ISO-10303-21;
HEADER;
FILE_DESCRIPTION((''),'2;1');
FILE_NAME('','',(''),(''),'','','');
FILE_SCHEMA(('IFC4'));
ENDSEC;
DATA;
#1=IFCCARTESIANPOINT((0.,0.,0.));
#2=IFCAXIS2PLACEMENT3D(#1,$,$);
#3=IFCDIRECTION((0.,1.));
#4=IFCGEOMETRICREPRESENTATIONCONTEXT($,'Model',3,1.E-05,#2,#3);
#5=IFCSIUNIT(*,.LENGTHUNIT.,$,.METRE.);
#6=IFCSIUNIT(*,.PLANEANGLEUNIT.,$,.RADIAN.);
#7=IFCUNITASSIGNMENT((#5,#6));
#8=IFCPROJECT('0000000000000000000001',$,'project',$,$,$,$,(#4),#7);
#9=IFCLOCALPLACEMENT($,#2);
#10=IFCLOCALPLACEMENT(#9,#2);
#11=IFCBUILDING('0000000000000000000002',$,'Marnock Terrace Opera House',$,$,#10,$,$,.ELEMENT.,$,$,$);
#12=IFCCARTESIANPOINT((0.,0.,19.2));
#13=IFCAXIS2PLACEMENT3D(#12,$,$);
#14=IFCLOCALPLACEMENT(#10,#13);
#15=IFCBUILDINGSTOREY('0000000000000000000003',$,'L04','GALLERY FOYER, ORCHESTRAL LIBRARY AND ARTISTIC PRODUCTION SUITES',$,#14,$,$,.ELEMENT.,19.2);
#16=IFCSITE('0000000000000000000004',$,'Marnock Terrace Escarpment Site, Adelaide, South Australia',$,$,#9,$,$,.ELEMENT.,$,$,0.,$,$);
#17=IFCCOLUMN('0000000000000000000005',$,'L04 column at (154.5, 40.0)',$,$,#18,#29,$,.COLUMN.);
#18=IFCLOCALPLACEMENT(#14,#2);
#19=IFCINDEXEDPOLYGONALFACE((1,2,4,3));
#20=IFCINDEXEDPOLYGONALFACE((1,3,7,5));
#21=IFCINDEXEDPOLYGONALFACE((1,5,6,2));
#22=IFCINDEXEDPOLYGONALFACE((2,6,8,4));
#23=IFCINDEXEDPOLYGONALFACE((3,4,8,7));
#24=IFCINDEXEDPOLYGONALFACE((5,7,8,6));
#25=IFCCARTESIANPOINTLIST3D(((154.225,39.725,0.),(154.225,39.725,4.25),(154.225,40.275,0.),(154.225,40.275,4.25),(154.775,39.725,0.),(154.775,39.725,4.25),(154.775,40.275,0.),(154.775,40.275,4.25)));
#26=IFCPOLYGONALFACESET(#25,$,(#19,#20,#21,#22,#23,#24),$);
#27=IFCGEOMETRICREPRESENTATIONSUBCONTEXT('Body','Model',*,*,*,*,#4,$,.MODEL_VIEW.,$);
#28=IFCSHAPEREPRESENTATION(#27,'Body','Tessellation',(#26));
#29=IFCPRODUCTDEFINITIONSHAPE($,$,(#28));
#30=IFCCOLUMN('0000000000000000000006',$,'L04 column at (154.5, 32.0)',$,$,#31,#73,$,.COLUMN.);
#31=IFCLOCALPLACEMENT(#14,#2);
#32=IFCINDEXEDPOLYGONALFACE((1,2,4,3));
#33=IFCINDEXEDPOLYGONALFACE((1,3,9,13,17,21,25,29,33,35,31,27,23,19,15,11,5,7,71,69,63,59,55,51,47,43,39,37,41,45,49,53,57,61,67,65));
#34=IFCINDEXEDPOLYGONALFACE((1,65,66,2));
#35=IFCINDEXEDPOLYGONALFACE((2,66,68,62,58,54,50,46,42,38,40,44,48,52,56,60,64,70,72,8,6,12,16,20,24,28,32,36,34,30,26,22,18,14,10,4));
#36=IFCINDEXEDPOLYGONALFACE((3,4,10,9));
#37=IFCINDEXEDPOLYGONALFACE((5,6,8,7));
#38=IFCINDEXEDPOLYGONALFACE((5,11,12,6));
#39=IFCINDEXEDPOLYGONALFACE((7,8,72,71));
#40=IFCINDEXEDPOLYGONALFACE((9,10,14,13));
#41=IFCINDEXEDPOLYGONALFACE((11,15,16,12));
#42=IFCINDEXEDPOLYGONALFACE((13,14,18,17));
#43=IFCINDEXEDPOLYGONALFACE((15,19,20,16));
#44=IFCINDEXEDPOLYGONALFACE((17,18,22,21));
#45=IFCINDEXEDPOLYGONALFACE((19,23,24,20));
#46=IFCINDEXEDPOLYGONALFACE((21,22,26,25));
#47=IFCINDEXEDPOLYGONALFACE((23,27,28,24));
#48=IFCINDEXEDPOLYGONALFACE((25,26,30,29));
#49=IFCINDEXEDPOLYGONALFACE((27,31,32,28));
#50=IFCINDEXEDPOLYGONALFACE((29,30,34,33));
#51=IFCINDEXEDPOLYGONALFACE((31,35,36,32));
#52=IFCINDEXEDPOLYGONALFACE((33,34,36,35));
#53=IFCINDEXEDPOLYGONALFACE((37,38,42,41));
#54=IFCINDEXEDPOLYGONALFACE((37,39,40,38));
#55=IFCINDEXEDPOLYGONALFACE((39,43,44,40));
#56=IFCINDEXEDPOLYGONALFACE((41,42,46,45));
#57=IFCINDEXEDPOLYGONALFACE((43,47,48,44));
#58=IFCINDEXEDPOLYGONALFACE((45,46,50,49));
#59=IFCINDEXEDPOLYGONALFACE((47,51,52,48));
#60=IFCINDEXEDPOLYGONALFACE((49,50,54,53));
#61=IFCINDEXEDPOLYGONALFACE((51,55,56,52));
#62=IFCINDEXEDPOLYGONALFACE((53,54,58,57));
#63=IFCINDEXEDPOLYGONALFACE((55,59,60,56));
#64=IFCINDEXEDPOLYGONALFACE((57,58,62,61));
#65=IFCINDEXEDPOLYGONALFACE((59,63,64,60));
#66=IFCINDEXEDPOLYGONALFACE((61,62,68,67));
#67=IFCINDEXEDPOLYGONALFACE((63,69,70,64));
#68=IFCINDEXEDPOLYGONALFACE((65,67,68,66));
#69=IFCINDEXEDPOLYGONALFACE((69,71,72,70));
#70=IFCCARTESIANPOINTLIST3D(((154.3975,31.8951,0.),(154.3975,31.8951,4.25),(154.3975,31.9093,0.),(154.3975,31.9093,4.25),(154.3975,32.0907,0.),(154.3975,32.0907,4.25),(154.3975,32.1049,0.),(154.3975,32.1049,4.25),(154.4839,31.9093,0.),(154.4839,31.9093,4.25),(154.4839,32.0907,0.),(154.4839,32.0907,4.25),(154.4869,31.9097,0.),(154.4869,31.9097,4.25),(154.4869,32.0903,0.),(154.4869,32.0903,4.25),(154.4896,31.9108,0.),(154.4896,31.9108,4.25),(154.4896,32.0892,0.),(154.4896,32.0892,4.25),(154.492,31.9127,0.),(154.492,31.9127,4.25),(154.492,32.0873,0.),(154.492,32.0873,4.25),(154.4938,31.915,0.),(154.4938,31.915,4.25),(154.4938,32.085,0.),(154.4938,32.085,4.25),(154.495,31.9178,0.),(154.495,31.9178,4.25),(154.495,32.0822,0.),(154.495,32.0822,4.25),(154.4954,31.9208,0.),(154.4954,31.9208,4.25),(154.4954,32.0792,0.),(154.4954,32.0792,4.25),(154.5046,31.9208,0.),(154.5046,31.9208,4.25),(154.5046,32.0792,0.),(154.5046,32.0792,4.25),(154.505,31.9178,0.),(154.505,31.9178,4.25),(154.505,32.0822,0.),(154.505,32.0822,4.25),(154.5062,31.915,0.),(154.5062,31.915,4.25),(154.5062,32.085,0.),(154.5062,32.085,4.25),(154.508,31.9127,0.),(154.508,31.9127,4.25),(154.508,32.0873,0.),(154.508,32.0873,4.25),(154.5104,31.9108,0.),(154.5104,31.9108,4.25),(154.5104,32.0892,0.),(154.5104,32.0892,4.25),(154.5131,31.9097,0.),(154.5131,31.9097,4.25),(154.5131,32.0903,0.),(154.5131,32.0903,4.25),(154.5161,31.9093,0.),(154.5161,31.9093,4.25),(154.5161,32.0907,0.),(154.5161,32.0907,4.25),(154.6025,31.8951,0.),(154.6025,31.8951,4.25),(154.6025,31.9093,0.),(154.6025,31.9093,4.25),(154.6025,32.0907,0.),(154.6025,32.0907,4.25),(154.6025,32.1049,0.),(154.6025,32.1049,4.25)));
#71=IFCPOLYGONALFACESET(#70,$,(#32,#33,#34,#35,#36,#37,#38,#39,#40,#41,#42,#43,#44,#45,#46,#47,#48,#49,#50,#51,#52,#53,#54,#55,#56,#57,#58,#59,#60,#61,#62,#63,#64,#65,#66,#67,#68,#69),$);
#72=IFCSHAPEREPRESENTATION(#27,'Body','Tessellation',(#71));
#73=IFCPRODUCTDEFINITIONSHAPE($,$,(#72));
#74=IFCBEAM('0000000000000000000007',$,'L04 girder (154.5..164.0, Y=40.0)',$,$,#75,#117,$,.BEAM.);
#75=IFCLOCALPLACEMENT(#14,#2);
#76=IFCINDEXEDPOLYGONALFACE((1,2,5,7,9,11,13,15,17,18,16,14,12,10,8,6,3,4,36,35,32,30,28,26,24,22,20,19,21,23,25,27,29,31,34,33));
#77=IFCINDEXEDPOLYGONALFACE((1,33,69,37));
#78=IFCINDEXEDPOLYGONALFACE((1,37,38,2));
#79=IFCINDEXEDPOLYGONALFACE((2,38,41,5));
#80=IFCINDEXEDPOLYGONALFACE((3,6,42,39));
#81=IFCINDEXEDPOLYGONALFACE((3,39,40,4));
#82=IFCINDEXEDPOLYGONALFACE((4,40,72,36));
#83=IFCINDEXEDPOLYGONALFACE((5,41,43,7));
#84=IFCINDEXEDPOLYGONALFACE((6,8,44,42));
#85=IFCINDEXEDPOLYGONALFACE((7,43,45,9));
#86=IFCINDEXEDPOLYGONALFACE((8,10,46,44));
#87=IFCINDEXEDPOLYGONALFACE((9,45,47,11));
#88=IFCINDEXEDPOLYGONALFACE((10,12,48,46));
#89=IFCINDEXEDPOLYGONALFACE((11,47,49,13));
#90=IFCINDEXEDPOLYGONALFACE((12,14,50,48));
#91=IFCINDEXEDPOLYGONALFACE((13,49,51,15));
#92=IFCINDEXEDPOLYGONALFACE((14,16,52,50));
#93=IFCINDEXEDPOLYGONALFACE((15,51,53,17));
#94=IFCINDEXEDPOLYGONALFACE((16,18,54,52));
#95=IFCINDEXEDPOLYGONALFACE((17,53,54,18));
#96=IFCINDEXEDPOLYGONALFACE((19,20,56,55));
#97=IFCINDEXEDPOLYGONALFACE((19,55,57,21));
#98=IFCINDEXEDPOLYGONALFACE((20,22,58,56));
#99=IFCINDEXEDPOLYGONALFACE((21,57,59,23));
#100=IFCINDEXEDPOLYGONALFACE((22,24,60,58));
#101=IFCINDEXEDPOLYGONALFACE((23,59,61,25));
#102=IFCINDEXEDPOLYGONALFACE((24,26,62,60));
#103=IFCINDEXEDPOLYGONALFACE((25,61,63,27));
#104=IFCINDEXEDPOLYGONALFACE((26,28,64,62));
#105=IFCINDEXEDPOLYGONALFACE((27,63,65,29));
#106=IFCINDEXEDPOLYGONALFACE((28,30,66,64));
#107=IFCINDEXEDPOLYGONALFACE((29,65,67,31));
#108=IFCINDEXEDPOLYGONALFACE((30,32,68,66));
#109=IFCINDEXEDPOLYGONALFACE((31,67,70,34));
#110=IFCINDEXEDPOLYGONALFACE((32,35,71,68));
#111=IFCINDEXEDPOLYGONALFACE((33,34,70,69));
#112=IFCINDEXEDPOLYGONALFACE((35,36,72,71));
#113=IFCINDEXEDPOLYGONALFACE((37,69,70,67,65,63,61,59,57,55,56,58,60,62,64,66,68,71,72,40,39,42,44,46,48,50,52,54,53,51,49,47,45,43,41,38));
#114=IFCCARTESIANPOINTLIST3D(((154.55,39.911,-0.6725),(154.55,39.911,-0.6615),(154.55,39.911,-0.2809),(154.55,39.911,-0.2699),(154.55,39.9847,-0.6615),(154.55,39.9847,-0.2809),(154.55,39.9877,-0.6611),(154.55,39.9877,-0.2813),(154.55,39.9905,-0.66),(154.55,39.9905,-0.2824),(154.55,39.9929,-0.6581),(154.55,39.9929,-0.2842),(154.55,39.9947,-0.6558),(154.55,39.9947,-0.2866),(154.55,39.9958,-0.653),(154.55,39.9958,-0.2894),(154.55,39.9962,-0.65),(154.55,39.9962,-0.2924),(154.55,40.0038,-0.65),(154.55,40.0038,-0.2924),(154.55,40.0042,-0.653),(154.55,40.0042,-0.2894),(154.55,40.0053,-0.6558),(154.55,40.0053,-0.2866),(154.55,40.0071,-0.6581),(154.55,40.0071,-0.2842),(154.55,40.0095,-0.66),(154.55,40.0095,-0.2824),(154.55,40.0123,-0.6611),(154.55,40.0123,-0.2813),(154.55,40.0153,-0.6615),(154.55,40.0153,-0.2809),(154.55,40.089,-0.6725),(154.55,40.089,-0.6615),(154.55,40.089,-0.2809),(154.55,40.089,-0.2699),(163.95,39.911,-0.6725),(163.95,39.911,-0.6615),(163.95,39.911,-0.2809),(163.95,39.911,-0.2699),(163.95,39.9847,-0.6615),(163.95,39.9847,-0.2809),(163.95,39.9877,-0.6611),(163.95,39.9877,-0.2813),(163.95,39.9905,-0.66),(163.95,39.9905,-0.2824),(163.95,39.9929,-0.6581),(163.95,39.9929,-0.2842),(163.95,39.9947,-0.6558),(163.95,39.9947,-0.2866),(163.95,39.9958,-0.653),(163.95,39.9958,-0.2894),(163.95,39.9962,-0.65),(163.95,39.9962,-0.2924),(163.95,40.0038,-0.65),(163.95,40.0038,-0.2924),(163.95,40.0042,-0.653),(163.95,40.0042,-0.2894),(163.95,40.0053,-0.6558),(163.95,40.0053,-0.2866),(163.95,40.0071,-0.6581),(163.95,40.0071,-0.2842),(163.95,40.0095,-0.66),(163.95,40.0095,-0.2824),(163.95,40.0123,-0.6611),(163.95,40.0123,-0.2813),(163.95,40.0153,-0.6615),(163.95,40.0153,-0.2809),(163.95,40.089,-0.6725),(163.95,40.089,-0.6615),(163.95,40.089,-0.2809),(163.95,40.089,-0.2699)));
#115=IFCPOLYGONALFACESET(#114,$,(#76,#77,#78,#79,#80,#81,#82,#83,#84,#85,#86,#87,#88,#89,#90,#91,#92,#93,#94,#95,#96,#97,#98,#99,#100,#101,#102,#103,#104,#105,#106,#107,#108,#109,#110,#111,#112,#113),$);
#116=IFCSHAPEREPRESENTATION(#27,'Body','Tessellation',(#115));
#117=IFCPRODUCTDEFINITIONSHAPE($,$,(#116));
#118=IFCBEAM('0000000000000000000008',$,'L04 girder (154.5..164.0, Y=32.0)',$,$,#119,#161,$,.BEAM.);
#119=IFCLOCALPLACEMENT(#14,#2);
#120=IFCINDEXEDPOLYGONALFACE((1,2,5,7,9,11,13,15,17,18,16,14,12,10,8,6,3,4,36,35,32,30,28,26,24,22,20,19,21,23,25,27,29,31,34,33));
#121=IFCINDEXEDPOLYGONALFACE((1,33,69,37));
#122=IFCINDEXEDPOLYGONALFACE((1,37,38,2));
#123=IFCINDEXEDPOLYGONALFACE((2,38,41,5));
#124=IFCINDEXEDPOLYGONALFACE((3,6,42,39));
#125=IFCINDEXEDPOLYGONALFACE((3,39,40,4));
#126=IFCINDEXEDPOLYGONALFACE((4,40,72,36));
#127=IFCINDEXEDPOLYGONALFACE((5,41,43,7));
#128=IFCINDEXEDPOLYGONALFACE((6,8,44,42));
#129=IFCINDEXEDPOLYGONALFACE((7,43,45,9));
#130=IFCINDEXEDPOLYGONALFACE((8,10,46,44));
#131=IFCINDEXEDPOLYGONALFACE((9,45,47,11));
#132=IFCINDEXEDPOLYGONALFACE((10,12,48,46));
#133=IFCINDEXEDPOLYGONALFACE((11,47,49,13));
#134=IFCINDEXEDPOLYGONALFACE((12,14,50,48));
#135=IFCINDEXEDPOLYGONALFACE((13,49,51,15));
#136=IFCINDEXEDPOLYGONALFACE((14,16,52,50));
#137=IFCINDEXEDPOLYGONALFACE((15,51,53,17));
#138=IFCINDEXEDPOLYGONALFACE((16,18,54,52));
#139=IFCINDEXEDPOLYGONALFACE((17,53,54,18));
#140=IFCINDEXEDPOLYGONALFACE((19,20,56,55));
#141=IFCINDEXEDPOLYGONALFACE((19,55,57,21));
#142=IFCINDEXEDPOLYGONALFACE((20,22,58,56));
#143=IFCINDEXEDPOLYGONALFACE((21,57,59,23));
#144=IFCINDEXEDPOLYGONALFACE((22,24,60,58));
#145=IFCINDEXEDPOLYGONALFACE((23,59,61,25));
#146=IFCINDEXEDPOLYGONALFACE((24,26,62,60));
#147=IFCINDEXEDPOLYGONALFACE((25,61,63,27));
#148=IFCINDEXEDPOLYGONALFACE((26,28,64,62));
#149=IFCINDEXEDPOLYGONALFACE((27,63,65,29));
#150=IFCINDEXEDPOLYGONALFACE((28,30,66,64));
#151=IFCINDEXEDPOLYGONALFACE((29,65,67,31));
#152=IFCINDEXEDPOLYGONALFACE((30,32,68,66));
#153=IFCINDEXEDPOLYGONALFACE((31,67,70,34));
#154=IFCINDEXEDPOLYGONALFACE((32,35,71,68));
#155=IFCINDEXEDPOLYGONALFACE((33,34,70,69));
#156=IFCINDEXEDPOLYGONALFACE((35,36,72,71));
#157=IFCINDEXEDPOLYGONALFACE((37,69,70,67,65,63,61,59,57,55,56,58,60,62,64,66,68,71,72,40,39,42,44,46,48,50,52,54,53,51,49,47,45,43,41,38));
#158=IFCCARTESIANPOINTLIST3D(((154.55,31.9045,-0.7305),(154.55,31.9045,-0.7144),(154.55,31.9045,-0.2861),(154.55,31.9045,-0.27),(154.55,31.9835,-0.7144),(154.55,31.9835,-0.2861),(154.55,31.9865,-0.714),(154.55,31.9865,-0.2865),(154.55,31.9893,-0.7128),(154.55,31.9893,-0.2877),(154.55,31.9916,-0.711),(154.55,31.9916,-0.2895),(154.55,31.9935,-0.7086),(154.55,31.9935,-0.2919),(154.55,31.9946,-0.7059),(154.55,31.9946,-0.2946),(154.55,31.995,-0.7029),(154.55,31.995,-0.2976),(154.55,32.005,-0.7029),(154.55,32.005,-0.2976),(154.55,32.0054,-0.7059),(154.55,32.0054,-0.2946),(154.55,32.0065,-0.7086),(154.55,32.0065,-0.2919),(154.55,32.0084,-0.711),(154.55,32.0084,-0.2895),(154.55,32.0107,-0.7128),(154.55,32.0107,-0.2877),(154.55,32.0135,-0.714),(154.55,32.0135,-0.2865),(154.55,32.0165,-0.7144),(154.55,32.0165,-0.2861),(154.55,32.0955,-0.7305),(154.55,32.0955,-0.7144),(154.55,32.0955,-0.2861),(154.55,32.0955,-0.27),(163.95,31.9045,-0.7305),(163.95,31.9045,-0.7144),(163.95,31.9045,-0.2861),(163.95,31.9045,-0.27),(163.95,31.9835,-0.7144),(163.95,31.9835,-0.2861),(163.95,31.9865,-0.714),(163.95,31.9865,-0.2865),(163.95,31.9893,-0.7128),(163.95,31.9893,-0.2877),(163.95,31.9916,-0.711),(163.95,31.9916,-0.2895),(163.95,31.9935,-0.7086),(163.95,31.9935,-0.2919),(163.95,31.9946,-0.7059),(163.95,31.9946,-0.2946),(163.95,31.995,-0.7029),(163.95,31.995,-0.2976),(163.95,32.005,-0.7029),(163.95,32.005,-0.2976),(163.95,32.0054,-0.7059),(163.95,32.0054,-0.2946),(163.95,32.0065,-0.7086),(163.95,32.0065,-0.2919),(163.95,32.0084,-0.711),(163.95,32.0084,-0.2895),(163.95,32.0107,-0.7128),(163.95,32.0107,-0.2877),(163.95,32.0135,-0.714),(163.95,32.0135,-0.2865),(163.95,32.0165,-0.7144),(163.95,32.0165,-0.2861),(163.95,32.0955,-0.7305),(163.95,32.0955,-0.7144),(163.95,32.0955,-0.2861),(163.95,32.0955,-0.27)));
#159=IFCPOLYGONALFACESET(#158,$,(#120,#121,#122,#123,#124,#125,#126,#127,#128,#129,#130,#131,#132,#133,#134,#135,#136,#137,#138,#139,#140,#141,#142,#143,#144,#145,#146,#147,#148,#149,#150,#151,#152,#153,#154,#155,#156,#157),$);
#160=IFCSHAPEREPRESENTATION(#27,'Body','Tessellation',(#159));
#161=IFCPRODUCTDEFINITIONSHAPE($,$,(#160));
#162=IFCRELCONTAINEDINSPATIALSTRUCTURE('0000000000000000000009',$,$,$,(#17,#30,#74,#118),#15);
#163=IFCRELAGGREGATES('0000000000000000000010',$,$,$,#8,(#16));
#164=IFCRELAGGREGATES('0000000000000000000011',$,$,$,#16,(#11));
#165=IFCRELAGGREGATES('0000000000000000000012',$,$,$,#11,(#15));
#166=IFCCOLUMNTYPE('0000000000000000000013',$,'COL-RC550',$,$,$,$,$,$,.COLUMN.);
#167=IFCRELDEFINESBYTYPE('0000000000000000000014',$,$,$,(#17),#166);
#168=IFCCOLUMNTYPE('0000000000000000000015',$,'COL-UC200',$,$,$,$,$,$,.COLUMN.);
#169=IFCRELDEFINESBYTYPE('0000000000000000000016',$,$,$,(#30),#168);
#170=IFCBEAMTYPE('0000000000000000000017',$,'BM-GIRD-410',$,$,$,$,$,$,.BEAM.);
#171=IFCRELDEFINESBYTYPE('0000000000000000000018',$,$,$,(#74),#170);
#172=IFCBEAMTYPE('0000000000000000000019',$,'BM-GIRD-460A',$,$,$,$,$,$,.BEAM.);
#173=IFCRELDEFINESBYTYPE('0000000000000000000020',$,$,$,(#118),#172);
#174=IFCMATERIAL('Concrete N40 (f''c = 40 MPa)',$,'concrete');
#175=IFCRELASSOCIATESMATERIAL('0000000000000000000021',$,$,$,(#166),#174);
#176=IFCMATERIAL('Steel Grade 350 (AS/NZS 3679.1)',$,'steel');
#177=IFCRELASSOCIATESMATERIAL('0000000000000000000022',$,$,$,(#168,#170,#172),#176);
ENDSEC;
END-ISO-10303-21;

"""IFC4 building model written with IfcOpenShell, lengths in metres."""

from ifc_helpers import new_model, si_unit, direction, frame, origin, origin_2d, place, context, subcontext, project, spatial, rectangle, i_section, extrude, material, material_profile, profile_set, type_object, element, save


model = new_model("IFC4")

# Units and contexts
model_context = context("Model", 3, precision=1e-05, world=origin(), true_north=direction((0.0, 1.0)))
body_context = subcontext(model_context, "Body", "Model", "MODEL_VIEW")
ifc_project = project(units=[si_unit("LENGTHUNIT", "METRE"), si_unit("PLANEANGLEUNIT", "RADIAN")], contexts=[model_context])

# Site, building, storey
site_placement = place(None, origin())
site = spatial("IfcSite", under=ifc_project, at=site_placement, Name="Marnock Terrace Escarpment Site, Adelaide, South Australia", CompositionType="ELEMENT", RefElevation=0.0)
building_placement = place(site_placement, origin())
building = spatial("IfcBuilding", under=site, at=building_placement, Name="Marnock Terrace Opera House", CompositionType="ELEMENT")
storey_placement = place(building_placement, frame((0.0, 0.0, 19.2)))
storey = spatial("IfcBuildingStorey", under=building, at=storey_placement, Name="L04", Description="GALLERY FOYER, ORCHESTRAL LIBRARY AND ARTISTIC PRODUCTION SUITES", CompositionType="ELEMENT", Elevation=19.2)

# Columns
ifc_material_1 = material(Name="Concrete N40 (f'c = 40 MPa)", Category="concrete")
ifc_material_profile_1 = material_profile(ifc_material_1, rectangle(XDim=0.55, YDim=0.55, at=origin_2d()))
ifc_profile_set_1 = profile_set([ifc_material_profile_1], Name="Concrete N40 (f'c = 40 MPa)")
column_type_1 = type_object("IfcColumnType", Name="COL-RC550", PredefinedType="COLUMN", material=ifc_profile_set_1)
column_1_placement = place(storey_placement, frame((154.5, 40.0, 0.0), z_axis=(0.0, 0.0, 1.0), x_axis=(1.0, 0.0, 0.0)))
element("IfcColumn", 1, at=column_1_placement, inside=storey, type_object=column_type_1, Name="L04 column at (154.5, 40.0)", PredefinedType="COLUMN", context=body_context, shape_type="SweptSolid", body=[
    extrude(rectangle(XDim=0.55, YDim=0.55, at=origin_2d()), origin(), (0.0, 0.0, 1.0), 4.25),
])
ifc_material_2 = material(Name="Steel Grade 350 (AS/NZS 3679.1)", Category="steel")
ifc_material_profile_2 = material_profile(ifc_material_2, i_section(OverallWidth=0.2051, OverallDepth=0.2097, WebThickness=0.0093, FlangeThickness=0.0142, FilletRadius=0.0115, at=origin_2d()))
ifc_profile_set_2 = profile_set([ifc_material_profile_2], Name="Steel Grade 350 (AS/NZS 3679.1)")
column_type_2 = type_object("IfcColumnType", Name="COL-UC200", PredefinedType="COLUMN", material=ifc_profile_set_2)
column_2_placement = place(storey_placement, frame((154.5, 32.0, 0.0), z_axis=(0.0, 0.0, 1.0), x_axis=(1.0, 0.0, 0.0)))
element("IfcColumn", 2, at=column_2_placement, inside=storey, type_object=column_type_2, Name="L04 column at (154.5, 32.0)", PredefinedType="COLUMN", context=body_context, shape_type="SweptSolid", body=[
    extrude(i_section(OverallWidth=0.2051, OverallDepth=0.2097, WebThickness=0.0093, FlangeThickness=0.0142, FilletRadius=0.0115, at=origin_2d()), origin(), (0.0, 0.0, 1.0), 4.25),
])

# Beams
ifc_material_profile_3 = material_profile(ifc_material_2, i_section(OverallWidth=0.178, OverallDepth=0.4026, WebThickness=0.0076, FlangeThickness=0.011, FilletRadius=0.0115, at=origin_2d()))
ifc_profile_set_3 = profile_set([ifc_material_profile_3], Name="Steel Grade 350 (AS/NZS 3679.1)")
beam_type_1 = type_object("IfcBeamType", Name="BM-GIRD-410", PredefinedType="BEAM", material=ifc_profile_set_3)
beam_1_placement = place(storey_placement, frame((154.55, 40.0, -0.4712), z_axis=(1.0, 0.0, 0.0), x_axis=(0.0, 1.0, 0.0)))
element("IfcBeam", 3, at=beam_1_placement, inside=storey, type_object=beam_type_1, Name="L04 girder (154.5..164.0, Y=40.0)", PredefinedType="BEAM", context=body_context, shape_type="SweptSolid", body=[
    extrude(i_section(OverallWidth=0.178, OverallDepth=0.4026, WebThickness=0.0076, FlangeThickness=0.011, FilletRadius=0.0115, at=origin_2d()), origin(), (0.0, 0.0, 1.0), 9.3999),
])
ifc_material_profile_4 = material_profile(ifc_material_2, i_section(OverallWidth=0.1909, OverallDepth=0.4604, WebThickness=0.01, FlangeThickness=0.0161, FilletRadius=0.0115, at=origin_2d()))
ifc_profile_set_4 = profile_set([ifc_material_profile_4], Name="Steel Grade 350 (AS/NZS 3679.1)")
beam_type_2 = type_object("IfcBeamType", Name="BM-GIRD-460A", PredefinedType="BEAM", material=ifc_profile_set_4)
beam_2_placement = place(storey_placement, frame((154.55, 32.0, -0.5002), z_axis=(1.0, 0.0, 0.0), x_axis=(0.0, 1.0, 0.0)))
element("IfcBeam", 4, at=beam_2_placement, inside=storey, type_object=beam_type_2, Name="L04 girder (154.5..164.0, Y=32.0)", PredefinedType="BEAM", context=body_context, shape_type="SweptSolid", body=[
    extrude(i_section(OverallWidth=0.1909, OverallDepth=0.4604, WebThickness=0.01, FlangeThickness=0.0161, FilletRadius=0.0115, at=origin_2d()), origin(), (0.0, 0.0, 1.0), 9.3999),
])

save(model, "model.ifc")
